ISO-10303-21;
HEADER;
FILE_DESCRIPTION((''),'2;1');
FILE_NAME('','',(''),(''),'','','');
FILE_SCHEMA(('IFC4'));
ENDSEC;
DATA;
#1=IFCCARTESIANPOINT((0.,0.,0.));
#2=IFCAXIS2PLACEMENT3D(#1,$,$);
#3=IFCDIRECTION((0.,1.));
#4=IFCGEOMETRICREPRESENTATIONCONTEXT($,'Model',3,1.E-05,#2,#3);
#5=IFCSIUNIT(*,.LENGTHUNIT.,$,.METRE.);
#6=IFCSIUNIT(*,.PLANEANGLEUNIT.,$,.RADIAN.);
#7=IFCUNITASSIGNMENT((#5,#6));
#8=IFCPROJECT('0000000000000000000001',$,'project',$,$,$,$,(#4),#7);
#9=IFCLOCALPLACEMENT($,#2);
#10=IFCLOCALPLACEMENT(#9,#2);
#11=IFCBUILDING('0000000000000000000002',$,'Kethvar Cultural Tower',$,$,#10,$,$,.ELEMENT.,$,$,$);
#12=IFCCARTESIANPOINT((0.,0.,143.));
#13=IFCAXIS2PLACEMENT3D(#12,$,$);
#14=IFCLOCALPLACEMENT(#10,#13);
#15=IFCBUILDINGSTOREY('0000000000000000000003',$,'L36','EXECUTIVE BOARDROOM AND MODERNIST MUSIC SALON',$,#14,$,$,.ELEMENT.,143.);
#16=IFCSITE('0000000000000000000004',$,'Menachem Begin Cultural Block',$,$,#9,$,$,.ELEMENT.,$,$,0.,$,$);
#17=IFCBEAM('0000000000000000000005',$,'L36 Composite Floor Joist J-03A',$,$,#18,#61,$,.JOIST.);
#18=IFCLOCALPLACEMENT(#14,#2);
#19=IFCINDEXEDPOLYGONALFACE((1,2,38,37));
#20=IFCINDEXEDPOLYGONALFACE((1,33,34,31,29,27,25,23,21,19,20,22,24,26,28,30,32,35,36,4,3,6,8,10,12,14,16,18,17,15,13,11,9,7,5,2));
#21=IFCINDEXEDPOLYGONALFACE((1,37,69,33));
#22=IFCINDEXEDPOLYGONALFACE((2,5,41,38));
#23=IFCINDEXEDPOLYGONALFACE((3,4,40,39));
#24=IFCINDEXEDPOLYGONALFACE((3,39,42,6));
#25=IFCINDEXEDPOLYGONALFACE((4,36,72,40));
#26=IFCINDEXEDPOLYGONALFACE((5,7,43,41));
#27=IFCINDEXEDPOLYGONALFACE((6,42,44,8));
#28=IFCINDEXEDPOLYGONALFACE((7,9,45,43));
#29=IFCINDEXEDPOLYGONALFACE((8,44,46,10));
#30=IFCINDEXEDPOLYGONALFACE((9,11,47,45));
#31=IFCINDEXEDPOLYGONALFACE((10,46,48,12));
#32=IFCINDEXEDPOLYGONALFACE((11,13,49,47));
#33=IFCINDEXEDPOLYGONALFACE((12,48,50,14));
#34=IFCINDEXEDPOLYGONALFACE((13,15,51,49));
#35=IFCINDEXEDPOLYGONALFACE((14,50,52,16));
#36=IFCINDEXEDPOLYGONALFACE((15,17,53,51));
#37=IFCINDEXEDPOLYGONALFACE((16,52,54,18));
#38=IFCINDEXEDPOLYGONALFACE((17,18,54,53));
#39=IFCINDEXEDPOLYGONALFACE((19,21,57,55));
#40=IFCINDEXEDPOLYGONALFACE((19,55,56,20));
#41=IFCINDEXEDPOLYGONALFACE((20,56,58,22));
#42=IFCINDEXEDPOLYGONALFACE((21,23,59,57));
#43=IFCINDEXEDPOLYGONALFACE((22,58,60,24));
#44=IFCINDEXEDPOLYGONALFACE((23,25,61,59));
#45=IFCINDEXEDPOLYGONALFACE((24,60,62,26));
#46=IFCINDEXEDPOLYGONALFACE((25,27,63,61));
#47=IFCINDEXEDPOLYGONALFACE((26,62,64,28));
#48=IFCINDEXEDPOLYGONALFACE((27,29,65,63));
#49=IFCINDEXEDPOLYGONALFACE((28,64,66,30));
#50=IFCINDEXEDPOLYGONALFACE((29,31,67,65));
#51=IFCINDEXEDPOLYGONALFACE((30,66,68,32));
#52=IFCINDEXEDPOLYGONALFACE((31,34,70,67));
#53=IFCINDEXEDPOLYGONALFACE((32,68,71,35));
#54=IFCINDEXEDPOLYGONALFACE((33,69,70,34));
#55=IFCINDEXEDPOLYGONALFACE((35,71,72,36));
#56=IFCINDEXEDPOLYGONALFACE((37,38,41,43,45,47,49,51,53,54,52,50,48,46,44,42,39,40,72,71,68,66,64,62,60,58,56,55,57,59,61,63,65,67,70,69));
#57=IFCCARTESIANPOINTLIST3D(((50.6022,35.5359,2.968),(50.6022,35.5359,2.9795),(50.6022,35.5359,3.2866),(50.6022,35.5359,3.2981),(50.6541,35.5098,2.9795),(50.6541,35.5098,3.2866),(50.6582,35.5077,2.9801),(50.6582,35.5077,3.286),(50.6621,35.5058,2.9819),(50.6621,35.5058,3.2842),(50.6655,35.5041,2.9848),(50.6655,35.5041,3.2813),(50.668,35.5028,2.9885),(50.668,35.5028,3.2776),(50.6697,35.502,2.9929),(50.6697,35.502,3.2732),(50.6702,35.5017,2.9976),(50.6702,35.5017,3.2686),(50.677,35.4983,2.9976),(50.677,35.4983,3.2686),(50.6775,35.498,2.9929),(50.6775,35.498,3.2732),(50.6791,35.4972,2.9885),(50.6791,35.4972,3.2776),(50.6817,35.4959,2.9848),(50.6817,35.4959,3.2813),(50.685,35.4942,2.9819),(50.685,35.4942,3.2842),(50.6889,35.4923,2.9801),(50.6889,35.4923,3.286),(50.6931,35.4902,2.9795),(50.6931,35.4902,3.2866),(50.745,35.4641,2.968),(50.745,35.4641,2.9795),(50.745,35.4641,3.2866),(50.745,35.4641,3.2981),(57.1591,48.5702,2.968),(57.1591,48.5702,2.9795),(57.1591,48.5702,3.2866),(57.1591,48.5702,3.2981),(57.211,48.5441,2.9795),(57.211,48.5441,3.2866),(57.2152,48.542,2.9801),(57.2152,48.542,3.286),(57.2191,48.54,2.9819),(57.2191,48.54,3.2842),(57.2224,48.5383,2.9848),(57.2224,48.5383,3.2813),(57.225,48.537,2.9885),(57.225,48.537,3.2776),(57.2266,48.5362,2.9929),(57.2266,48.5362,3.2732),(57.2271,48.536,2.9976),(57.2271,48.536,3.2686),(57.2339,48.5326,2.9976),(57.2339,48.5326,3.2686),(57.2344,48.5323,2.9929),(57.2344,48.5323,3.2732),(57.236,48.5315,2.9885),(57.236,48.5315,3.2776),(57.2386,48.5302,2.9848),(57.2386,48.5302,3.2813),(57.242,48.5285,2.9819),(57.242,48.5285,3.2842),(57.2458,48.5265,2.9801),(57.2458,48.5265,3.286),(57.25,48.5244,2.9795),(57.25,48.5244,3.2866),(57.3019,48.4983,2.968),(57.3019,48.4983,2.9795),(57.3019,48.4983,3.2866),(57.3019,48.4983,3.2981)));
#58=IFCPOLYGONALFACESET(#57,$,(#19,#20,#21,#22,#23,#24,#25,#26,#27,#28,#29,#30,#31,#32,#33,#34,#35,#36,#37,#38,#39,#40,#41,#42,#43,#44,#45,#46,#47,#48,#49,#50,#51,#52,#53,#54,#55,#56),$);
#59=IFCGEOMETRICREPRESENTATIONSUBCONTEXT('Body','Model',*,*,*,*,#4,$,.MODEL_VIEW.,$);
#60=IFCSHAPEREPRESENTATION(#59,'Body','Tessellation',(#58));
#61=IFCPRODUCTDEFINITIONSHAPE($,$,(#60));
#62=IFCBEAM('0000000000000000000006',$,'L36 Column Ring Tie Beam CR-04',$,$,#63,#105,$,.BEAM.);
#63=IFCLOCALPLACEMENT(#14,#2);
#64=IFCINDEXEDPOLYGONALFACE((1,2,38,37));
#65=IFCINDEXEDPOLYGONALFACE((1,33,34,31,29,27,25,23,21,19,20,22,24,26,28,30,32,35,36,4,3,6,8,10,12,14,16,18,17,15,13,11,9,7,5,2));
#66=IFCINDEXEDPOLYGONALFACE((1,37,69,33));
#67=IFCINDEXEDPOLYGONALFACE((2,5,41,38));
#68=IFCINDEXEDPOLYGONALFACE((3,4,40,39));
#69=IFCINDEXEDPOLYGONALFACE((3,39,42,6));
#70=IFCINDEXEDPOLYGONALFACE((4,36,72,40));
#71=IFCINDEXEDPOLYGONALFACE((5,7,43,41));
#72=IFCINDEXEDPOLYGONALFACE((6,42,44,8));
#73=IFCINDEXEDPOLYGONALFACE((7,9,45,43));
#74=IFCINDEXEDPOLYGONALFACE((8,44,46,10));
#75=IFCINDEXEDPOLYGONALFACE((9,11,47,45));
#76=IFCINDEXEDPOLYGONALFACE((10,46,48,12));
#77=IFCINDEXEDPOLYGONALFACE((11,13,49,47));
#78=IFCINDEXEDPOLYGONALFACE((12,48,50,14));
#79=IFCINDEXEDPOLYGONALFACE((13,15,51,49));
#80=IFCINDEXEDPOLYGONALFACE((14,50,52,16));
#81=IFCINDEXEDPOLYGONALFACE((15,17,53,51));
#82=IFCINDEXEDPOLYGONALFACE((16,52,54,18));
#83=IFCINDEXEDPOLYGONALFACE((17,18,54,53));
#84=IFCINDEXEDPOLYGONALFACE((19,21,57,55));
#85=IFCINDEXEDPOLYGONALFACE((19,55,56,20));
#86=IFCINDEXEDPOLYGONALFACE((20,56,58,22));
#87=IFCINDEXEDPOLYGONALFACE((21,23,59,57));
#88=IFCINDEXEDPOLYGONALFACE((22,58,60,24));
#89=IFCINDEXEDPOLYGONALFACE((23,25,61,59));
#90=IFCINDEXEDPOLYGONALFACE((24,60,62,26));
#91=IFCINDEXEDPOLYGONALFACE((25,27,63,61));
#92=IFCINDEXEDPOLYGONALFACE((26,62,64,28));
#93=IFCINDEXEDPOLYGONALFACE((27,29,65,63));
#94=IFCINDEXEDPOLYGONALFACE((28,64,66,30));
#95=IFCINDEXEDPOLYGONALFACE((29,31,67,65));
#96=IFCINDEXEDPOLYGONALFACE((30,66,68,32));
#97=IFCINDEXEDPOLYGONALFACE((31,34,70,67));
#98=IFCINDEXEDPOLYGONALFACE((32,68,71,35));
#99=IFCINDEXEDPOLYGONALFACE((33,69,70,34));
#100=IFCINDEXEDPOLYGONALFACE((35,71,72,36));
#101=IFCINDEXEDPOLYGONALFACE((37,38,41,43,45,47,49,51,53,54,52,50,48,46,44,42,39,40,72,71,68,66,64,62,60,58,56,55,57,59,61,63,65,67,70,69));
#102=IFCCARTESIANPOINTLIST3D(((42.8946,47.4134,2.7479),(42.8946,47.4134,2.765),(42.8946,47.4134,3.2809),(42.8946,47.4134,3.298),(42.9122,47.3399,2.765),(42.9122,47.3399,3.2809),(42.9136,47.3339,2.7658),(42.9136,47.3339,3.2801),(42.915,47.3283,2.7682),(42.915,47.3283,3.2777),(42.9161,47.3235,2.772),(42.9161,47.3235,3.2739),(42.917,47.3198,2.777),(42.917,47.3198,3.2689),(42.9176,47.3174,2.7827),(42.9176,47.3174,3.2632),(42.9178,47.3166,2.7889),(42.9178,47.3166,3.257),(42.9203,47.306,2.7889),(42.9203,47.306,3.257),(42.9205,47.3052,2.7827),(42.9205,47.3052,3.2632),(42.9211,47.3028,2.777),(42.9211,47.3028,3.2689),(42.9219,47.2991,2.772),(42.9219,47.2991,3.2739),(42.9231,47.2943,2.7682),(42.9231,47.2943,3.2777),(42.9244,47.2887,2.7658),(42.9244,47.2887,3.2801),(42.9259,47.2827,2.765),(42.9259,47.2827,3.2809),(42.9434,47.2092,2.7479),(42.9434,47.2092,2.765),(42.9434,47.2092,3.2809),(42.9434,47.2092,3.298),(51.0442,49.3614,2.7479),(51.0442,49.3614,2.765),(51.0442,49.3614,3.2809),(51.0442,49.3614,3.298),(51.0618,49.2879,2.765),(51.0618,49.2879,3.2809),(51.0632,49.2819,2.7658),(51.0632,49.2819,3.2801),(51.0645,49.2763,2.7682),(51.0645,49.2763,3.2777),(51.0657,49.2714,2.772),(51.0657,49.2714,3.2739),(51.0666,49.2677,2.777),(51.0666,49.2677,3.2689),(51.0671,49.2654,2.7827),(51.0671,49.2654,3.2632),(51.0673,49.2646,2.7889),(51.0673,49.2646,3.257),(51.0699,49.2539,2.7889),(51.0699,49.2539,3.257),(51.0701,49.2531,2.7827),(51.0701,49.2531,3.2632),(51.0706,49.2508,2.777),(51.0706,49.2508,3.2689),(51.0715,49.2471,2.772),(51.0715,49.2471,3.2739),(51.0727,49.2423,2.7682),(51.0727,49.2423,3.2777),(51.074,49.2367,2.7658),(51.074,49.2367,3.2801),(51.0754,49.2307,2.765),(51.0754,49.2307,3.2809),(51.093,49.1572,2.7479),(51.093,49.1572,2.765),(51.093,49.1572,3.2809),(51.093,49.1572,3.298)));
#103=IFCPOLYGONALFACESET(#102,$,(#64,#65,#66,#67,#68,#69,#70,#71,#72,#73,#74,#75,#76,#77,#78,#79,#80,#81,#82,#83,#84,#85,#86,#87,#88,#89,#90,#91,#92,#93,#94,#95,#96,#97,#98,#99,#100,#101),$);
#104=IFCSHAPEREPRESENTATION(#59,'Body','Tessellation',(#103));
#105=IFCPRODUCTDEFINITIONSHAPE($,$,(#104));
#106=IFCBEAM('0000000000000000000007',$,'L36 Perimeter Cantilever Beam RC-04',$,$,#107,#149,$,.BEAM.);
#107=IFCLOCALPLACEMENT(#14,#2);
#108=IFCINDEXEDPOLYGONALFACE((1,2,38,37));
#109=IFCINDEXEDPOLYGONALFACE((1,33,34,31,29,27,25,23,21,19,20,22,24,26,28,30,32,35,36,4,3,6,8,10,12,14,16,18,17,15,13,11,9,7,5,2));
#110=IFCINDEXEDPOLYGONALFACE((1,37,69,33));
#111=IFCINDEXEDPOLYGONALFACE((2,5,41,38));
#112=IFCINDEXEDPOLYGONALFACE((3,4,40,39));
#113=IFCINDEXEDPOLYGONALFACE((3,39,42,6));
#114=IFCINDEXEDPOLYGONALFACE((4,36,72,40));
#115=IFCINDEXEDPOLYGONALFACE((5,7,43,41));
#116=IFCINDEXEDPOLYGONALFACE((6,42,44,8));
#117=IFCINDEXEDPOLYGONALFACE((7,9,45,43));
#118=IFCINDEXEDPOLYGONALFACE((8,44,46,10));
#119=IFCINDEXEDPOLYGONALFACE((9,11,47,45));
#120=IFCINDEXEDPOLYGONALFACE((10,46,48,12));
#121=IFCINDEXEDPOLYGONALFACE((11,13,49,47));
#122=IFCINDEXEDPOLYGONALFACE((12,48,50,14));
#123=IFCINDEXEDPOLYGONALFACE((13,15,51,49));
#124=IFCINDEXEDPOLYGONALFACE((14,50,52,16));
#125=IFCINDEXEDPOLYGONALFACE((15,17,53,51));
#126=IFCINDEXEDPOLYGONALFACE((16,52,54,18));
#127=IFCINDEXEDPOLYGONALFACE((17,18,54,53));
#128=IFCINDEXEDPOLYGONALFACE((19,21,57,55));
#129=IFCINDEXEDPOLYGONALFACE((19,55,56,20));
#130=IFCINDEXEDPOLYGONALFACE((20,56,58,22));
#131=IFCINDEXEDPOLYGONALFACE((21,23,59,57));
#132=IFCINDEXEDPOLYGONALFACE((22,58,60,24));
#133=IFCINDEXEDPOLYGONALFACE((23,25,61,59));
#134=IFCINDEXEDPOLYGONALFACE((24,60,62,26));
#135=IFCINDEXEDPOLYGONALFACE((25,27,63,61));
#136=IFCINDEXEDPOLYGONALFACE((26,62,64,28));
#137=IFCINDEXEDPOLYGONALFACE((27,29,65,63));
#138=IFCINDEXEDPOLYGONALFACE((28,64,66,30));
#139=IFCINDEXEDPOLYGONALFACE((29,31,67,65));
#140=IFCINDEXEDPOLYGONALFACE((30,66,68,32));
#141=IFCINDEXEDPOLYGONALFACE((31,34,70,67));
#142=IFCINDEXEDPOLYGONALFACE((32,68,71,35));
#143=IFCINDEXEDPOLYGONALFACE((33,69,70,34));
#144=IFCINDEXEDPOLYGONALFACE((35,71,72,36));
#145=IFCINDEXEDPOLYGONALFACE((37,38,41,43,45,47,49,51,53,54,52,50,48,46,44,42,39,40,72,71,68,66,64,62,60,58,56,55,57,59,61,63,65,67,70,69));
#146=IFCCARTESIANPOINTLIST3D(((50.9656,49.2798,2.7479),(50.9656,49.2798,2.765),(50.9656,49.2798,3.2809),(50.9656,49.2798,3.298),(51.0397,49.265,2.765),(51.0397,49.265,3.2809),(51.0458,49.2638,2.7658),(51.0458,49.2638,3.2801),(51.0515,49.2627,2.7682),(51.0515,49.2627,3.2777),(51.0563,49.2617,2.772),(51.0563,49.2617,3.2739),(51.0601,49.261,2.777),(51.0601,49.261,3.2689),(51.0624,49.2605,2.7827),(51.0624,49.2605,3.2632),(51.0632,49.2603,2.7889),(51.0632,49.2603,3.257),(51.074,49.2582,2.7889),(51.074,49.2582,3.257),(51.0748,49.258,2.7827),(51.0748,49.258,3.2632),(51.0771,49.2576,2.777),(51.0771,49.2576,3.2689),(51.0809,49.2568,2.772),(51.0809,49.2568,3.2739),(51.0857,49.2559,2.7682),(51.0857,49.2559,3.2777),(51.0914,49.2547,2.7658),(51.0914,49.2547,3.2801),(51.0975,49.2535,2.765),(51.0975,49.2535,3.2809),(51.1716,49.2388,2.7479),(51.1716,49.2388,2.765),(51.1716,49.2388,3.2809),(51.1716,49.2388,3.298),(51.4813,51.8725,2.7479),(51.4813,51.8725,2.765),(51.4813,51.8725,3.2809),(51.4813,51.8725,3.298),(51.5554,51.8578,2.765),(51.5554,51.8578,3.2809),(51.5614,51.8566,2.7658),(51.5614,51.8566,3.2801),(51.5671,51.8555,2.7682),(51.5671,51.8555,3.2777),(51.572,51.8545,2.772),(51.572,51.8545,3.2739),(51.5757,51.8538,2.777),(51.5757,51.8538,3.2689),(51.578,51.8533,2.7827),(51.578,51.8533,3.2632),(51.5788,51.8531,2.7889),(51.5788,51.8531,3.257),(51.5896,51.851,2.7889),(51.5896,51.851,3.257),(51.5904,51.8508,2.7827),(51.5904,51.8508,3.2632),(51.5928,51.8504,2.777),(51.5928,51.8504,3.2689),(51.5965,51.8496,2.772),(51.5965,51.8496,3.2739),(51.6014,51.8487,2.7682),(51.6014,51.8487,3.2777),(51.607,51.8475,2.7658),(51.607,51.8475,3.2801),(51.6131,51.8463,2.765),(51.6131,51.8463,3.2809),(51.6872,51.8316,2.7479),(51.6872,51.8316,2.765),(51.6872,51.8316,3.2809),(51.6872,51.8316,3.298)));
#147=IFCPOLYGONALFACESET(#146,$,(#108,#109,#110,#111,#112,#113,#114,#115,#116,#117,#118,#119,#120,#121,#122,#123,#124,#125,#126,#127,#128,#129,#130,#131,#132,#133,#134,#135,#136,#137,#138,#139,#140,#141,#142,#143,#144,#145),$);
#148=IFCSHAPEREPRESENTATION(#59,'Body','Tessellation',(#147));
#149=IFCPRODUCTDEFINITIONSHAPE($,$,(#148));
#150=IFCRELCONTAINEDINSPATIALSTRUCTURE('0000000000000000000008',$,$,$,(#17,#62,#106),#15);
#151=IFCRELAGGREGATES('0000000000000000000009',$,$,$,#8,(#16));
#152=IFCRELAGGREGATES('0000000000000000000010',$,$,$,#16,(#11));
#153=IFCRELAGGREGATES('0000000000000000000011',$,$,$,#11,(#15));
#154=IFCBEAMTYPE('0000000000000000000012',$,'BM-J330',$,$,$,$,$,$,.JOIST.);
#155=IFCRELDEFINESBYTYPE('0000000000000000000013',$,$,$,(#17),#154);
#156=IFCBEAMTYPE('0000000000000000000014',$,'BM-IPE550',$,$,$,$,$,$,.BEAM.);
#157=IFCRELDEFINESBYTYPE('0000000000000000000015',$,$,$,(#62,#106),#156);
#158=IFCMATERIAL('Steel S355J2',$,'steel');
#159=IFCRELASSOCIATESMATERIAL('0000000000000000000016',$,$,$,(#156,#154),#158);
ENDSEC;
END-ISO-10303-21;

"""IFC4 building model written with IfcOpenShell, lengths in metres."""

from ifc_helpers import new_model, si_unit, direction, frame, origin, origin_2d, place, context, subcontext, project, spatial, i_section, extrude, source, transform, mapped, material, material_profile, profile_set, type_object, element, save


model = new_model("IFC4")

# Units and contexts
model_context = context("Model", 3, precision=1e-05, world=origin(), true_north=direction((0.0, 1.0)))
body_context = subcontext(model_context, "Body", "Model", "MODEL_VIEW")
ifc_project = project(units=[si_unit("LENGTHUNIT", "METRE"), si_unit("PLANEANGLEUNIT", "RADIAN")], contexts=[model_context])

# Site, building, storey
site_placement = place(None, origin())
site = spatial("IfcSite", under=ifc_project, at=site_placement, Name="Menachem Begin Cultural Block", CompositionType="ELEMENT", RefElevation=0.0)
building_placement = place(site_placement, origin())
building = spatial("IfcBuilding", under=site, at=building_placement, Name="Kethvar Cultural Tower", CompositionType="ELEMENT")
storey_placement = place(building_placement, frame((0.0, 0.0, 143.0)))
storey = spatial("IfcBuildingStorey", under=building, at=storey_placement, Name="L36", Description="EXECUTIVE BOARDROOM AND MODERNIST MUSIC SALON", CompositionType="ELEMENT", Elevation=143.0)

# Beams
ifc_material_1 = material(Name="Steel S355J2", Category="steel")
ifc_material_profile_1 = material_profile(ifc_material_1, i_section(OverallWidth=0.21, OverallDepth=0.55, WebThickness=0.011, FlangeThickness=0.0171, FilletRadius=0.0239, at=origin_2d()), Name="Steel S355J2 — IPE550")
ifc_profile_set_1 = profile_set([ifc_material_profile_1], Name="Steel S355J2 — IPE550")
beam_type_1 = type_object("IfcBeamType", Name="BM-IPE550", PredefinedType="BEAM", material=ifc_profile_set_1)
ifc_material_profile_2 = material_profile(ifc_material_1, i_section(OverallWidth=0.1599, OverallDepth=0.3301, WebThickness=0.0076, FlangeThickness=0.0115, FilletRadius=0.0181, at=origin_2d()), Name="Steel S355J2 — IPE330")
ifc_profile_set_2 = profile_set([ifc_material_profile_2], Name="Steel S355J2 — IPE330")
beam_type_2 = type_object("IfcBeamType", Name="BM-J330", PredefinedType="JOIST", material=ifc_profile_set_2)
shared_shape_1 = source(origin(), body_context, "Body", "SweptSolid", [
    extrude(i_section(OverallWidth=0.1599, OverallDepth=0.3301, WebThickness=0.0076, FlangeThickness=0.0115, FilletRadius=0.0181, at=origin_2d()), origin(), (0.0, 0.0, 1.0), 14.5906),
])
beam_1_placement = place(storey_placement, frame((50.6736, 35.5, 3.1331), z_axis=(0.449394, 0.893334, 0.0), x_axis=(-0.893334, 0.449394, 0.0)))
element("IfcBeam", 1, at=beam_1_placement, inside=storey, type_object=beam_type_2, Name="L36 Composite Floor Joist J-03A", PredefinedType="JOIST", context=body_context, shape_type="MappedRepresentation", body=[
    mapped(shared_shape_1, transform((0.0, 0.0, 0.0), scale=1.0)),
])
shared_shape_2 = source(origin(), body_context, "Body", "SweptSolid", [
    extrude(i_section(OverallWidth=0.21, OverallDepth=0.55, WebThickness=0.011, FlangeThickness=0.0171, FilletRadius=0.0239, at=origin_2d()), origin(), (0.0, 0.0, 1.0), 8.3792),
])
beam_2_placement = place(storey_placement, frame((51.0686, 49.2593, 3.0229), z_axis=(-0.972601, -0.232479, 0.0), x_axis=(0.232479, -0.972601, 0.0)))
element("IfcBeam", 2, at=beam_2_placement, inside=storey, type_object=beam_type_1, Name="L36 Column Ring Tie Beam CR-04", PredefinedType="BEAM", context=body_context, shape_type="MappedRepresentation", body=[
    mapped(shared_shape_2, transform((0.0, 0.0, 0.0), scale=1.0)),
])
shared_shape_3 = source(origin(), body_context, "Body", "SweptSolid", [
    extrude(i_section(OverallWidth=0.21, OverallDepth=0.55, WebThickness=0.011, FlangeThickness=0.0171, FilletRadius=0.0239, at=origin_2d()), origin(), (0.0, 0.0, 1.0), 2.6436),
])
beam_3_placement = place(storey_placement, frame((51.0686, 49.2593, 3.0229), z_axis=(0.19505, 0.980793, 0.0), x_axis=(-0.980793, 0.19505, 0.0)))
element("IfcBeam", 3, at=beam_3_placement, inside=storey, type_object=beam_type_1, Name="L36 Perimeter Cantilever Beam RC-04", PredefinedType="BEAM", context=body_context, shape_type="MappedRepresentation", body=[
    mapped(shared_shape_3, transform((0.0, 0.0, 0.0), scale=1.0)),
])

save(model, "model.ifc")
